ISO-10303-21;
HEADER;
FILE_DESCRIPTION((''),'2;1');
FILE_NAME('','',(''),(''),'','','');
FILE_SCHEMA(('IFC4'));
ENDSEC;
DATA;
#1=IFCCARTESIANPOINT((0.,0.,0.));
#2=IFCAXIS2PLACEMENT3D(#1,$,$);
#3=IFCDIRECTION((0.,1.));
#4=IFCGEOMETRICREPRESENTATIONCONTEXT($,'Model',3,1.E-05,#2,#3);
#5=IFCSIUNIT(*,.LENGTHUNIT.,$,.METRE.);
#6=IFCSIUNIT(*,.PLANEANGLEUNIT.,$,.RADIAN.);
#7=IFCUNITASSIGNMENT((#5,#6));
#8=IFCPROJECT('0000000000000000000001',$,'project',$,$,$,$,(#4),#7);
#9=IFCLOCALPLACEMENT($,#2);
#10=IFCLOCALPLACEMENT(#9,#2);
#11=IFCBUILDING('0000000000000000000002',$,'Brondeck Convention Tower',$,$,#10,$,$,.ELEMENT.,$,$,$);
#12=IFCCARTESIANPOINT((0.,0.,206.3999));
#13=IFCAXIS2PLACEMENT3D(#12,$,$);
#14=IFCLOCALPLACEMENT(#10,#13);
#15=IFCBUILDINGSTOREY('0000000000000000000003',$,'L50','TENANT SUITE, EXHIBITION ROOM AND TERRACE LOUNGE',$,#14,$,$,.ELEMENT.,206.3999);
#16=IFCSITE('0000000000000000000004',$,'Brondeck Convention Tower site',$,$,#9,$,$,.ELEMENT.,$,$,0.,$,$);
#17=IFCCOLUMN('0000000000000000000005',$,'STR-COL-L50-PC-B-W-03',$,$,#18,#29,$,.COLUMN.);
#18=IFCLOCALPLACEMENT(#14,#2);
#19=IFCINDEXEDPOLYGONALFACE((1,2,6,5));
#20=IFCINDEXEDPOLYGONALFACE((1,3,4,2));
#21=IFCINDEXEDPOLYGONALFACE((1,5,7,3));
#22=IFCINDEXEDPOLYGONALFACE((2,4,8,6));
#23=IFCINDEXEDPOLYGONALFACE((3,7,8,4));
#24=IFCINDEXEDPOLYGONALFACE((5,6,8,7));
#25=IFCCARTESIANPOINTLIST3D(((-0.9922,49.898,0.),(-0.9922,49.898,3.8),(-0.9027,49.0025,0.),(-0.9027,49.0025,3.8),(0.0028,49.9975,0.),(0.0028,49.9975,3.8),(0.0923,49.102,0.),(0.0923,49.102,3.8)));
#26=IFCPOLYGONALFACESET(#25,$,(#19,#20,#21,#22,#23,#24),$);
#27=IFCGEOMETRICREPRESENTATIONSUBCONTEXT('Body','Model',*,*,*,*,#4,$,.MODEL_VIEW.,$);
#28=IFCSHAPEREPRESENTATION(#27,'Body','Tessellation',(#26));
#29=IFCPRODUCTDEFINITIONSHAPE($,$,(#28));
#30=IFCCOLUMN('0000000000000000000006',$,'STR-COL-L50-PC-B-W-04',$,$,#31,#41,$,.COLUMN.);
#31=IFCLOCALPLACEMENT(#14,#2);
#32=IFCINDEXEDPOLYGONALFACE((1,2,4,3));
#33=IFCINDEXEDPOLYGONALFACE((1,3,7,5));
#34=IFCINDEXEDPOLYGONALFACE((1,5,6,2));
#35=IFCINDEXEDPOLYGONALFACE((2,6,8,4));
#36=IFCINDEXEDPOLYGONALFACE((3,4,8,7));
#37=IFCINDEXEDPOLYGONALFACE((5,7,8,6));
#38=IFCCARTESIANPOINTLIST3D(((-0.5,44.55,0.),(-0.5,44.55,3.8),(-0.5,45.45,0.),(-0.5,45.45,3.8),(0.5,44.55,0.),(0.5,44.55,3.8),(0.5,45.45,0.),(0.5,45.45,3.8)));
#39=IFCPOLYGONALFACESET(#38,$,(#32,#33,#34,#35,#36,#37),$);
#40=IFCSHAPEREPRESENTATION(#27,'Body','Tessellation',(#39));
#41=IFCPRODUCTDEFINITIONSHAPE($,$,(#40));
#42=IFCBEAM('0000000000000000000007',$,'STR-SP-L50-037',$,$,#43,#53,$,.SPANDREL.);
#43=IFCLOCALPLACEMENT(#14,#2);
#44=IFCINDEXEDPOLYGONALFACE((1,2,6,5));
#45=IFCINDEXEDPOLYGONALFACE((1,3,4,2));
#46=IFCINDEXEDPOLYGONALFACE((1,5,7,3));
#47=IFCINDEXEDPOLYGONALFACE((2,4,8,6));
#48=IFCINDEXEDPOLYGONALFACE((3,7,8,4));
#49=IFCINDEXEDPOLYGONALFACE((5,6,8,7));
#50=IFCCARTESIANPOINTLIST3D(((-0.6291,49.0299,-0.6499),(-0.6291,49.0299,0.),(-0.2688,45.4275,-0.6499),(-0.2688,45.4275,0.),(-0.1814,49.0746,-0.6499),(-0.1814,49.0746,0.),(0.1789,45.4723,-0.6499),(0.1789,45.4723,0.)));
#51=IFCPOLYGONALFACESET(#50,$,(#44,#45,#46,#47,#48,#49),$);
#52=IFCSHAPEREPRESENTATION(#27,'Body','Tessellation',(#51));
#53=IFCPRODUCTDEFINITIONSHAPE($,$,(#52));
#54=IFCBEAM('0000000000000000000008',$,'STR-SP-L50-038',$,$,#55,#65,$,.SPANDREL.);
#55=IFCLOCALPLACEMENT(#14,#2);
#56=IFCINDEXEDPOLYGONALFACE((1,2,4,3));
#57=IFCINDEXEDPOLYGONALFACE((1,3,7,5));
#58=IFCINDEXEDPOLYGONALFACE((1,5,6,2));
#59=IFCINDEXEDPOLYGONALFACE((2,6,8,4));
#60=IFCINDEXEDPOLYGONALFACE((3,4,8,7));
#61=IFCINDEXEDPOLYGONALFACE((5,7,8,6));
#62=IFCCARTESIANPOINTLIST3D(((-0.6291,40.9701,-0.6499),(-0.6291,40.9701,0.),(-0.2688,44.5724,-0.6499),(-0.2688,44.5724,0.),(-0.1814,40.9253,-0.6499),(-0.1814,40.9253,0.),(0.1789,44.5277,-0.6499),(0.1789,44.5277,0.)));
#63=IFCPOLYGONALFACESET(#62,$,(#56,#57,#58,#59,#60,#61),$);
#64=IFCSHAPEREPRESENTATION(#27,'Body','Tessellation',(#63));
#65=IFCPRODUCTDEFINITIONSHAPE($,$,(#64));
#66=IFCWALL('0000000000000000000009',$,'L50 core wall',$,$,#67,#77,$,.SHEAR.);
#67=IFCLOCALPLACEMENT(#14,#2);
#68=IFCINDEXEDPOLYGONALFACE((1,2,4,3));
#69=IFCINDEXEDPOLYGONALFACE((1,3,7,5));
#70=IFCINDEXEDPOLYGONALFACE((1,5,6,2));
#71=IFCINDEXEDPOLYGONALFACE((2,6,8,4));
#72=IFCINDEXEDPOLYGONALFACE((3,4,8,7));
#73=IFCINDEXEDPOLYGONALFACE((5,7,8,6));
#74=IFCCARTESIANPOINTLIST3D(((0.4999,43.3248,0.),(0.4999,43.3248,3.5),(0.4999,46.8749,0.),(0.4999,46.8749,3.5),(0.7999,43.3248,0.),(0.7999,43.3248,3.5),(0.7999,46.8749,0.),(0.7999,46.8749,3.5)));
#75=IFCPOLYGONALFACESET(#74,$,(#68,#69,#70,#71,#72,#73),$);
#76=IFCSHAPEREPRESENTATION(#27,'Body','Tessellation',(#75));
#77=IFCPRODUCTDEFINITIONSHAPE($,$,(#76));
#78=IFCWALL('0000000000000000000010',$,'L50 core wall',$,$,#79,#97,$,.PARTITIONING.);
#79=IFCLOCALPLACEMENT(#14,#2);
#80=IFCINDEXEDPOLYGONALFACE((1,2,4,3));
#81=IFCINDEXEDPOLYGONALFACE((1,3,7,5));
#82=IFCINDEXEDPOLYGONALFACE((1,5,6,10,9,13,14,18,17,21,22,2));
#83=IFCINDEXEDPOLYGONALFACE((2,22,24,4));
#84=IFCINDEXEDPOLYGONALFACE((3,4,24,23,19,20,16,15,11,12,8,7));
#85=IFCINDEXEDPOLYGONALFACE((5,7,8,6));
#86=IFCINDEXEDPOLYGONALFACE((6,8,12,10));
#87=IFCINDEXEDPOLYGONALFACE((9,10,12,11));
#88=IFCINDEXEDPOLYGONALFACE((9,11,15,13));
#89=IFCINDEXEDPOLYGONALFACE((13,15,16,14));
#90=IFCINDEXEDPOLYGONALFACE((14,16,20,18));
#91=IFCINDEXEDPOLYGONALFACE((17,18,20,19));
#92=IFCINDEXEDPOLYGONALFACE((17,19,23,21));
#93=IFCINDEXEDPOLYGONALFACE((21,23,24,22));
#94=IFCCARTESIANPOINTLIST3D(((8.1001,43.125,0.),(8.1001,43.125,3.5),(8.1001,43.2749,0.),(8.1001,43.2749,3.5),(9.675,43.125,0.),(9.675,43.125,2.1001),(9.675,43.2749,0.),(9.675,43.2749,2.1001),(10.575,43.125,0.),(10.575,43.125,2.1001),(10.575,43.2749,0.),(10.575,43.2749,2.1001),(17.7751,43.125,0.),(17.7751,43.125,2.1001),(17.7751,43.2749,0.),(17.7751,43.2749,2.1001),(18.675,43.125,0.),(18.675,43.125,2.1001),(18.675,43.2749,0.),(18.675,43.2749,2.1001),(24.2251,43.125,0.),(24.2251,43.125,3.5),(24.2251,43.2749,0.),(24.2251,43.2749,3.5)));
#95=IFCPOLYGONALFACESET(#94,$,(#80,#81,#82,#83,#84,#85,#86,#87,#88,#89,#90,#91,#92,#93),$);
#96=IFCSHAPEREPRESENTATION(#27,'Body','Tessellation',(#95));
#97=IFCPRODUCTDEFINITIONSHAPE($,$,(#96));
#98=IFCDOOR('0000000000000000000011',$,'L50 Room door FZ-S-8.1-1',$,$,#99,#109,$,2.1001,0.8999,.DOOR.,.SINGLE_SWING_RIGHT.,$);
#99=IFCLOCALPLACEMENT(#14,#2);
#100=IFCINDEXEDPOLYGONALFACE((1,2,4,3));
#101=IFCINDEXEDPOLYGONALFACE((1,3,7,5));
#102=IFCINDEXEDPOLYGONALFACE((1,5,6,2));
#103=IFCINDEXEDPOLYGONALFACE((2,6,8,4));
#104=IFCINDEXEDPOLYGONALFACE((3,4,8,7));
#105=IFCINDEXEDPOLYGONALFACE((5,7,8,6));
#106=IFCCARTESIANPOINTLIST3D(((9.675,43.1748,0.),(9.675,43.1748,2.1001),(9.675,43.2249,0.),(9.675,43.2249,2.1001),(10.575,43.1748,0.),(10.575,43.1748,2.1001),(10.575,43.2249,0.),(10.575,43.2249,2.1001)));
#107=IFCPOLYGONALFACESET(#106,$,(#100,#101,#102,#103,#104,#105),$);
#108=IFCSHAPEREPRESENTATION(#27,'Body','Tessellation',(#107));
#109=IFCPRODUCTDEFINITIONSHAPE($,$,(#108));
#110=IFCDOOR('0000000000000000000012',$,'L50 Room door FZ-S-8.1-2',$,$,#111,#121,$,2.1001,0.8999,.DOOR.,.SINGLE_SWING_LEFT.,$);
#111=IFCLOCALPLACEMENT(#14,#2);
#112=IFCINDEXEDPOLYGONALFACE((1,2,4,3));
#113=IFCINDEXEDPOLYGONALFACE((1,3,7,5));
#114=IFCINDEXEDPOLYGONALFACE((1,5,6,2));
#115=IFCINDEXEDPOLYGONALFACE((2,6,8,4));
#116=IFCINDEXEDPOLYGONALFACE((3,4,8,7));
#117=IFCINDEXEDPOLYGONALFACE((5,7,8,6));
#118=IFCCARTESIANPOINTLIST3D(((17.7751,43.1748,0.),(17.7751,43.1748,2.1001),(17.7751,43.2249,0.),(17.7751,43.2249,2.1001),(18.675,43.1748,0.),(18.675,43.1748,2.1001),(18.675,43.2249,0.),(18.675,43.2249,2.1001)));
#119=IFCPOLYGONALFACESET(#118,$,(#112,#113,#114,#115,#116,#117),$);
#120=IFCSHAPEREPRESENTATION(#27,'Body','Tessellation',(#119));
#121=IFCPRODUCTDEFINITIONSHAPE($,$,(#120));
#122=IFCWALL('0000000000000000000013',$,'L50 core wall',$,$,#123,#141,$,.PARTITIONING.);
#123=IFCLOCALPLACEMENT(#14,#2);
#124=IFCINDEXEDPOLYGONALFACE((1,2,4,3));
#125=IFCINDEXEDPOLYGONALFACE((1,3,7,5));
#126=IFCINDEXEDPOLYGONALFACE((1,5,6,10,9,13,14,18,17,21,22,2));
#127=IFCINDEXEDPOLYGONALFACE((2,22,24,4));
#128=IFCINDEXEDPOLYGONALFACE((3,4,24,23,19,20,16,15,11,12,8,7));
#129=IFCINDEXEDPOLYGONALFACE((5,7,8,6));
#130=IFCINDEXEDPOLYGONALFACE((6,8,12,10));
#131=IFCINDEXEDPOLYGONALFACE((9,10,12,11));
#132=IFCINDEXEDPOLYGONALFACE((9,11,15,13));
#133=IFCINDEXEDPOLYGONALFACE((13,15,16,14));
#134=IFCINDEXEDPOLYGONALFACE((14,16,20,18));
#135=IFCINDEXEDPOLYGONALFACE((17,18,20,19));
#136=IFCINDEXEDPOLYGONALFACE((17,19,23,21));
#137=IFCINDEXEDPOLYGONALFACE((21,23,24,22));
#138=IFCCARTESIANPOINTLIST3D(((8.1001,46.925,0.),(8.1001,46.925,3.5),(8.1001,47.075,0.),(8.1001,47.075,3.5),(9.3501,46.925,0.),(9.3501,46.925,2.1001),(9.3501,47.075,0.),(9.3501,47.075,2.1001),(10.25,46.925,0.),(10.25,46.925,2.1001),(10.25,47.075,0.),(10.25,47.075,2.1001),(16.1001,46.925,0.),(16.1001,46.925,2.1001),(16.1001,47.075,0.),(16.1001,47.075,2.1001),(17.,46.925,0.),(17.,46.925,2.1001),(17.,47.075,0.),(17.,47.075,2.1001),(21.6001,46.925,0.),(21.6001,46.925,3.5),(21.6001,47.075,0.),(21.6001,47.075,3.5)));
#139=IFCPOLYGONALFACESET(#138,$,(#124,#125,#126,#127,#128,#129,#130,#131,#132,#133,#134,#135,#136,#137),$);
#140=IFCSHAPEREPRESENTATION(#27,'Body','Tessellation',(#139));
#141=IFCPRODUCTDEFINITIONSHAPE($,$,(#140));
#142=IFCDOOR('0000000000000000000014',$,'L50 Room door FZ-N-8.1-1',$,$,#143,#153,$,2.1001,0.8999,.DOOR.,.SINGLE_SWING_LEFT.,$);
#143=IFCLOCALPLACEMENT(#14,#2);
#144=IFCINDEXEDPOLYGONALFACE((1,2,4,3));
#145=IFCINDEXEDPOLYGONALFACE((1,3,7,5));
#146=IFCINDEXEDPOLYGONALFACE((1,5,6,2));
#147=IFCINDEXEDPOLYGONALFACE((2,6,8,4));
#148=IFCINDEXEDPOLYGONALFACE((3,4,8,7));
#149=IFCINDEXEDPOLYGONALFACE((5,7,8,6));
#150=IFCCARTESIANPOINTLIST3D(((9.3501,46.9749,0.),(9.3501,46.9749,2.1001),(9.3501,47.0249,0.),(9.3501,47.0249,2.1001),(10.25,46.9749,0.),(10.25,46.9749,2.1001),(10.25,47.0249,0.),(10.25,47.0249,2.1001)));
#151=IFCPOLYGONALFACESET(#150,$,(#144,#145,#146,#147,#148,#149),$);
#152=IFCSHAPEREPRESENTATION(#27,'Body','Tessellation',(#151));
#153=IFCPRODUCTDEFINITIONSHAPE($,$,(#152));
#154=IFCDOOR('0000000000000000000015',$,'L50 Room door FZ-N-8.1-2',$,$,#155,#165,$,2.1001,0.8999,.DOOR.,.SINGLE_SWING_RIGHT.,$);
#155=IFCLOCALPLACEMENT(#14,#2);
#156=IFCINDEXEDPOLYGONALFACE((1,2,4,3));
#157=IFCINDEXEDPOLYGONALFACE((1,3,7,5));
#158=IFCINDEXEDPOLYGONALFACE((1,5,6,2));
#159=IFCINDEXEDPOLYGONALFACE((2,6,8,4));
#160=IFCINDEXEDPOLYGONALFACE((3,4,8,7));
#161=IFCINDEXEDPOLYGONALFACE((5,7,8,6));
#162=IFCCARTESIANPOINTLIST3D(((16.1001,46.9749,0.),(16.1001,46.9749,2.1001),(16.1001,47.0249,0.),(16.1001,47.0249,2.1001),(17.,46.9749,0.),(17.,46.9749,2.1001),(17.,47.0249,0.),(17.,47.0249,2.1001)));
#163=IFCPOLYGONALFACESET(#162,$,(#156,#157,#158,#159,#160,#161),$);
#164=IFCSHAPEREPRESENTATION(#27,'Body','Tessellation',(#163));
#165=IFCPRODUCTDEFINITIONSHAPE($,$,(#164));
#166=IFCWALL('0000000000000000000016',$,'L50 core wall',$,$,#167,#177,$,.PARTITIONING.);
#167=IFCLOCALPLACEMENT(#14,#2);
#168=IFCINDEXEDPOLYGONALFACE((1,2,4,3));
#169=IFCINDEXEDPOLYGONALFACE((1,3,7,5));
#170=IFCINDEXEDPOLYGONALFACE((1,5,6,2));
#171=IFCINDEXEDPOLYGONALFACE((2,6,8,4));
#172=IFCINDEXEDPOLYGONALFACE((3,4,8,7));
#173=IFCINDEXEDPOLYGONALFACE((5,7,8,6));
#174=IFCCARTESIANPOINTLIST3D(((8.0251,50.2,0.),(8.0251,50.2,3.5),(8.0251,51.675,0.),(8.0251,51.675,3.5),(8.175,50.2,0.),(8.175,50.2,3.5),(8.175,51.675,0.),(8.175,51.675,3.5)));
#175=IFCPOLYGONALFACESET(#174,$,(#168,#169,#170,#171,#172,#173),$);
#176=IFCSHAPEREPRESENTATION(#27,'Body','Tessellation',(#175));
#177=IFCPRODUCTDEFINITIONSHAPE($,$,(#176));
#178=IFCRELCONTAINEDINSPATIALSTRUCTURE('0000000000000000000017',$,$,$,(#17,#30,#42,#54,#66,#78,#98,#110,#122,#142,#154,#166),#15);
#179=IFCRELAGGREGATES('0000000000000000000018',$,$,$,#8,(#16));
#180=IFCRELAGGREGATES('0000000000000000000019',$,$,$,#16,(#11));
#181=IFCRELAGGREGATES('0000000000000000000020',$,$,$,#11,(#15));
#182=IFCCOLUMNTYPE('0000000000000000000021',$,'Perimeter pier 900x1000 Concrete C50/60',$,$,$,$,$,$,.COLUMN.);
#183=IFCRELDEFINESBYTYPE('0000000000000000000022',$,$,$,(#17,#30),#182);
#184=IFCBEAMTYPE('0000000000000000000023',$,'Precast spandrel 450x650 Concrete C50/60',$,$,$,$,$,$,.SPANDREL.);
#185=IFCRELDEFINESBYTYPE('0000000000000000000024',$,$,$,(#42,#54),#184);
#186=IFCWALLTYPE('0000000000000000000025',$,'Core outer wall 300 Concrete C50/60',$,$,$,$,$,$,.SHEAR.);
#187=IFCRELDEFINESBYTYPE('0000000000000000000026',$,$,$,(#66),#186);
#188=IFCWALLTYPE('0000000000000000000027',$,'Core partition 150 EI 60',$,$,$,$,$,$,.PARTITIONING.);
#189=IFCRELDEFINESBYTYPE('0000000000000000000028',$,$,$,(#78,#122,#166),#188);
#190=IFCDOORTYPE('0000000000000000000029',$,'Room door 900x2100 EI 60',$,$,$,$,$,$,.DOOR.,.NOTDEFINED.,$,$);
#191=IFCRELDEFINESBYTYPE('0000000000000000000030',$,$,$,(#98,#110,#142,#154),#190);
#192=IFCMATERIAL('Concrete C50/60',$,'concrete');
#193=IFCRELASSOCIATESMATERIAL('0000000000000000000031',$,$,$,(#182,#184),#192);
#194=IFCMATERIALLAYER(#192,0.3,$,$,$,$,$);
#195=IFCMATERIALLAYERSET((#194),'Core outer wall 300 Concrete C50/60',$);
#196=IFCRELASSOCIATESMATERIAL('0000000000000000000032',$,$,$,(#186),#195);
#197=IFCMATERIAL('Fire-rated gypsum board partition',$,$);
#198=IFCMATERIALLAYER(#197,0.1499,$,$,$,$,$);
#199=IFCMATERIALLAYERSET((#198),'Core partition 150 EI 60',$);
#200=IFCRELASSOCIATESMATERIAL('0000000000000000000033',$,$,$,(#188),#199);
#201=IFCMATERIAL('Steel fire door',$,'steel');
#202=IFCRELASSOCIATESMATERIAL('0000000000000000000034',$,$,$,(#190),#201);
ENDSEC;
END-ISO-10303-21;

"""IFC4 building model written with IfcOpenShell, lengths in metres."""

from ifc_helpers import new_model, si_unit, direction, frame, frame_2d, origin, origin_2d, place, context, subcontext, project, spatial, rectangle, extrude, material, layer, layer_set, material_profile, profile_set, type_object, element, fill, save


model = new_model("IFC4")

# Units and contexts
model_context = context("Model", 3, precision=1e-05, world=origin(), true_north=direction((0.0, 1.0)))
body_context = subcontext(model_context, "Body", "Model", "MODEL_VIEW")
ifc_project = project(units=[si_unit("LENGTHUNIT", "METRE"), si_unit("PLANEANGLEUNIT", "RADIAN")], contexts=[model_context])

# Site, building, storey
site_placement = place(None, origin())
site = spatial("IfcSite", under=ifc_project, at=site_placement, Name="Brondeck Convention Tower site", CompositionType="ELEMENT", RefElevation=0.0)
building_placement = place(site_placement, origin())
building = spatial("IfcBuilding", under=site, at=building_placement, Name="Brondeck Convention Tower", CompositionType="ELEMENT")
storey_placement = place(building_placement, frame((0.0, 0.0, 206.3999)))
storey = spatial("IfcBuildingStorey", under=building, at=storey_placement, Name="L50", Description="TENANT SUITE, EXHIBITION ROOM AND TERRACE LOUNGE", CompositionType="ELEMENT", Elevation=206.3999)

# Columns
ifc_material_1 = material(Name="Concrete C50/60", Category="concrete")
ifc_material_profile_1 = material_profile(ifc_material_1, rectangle(XDim=0.8999, YDim=1.0, at=origin_2d()), Name="Perimeter pier 900x1000 Concrete C50/60")
ifc_profile_set_1 = profile_set([ifc_material_profile_1], Name="Concrete C50/60")
column_type = type_object("IfcColumnType", Name="Perimeter pier 900x1000 Concrete C50/60", PredefinedType="COLUMN", material=ifc_profile_set_1)
for number, where, z_axis, x_axis, name in (
    (1, (-0.45, 49.5, 0.0), (0.0, 0.0, 1.0), (0.099504, -0.995037, 0.0), "STR-COL-L50-PC-B-W-03"),
    (2, (0.0, 45.0, 0.0), (0.0, 0.0, 1.0), (0.0, -1.0, 0.0), "STR-COL-L50-PC-B-W-04"),
):
    element("IfcColumn", number, at=place(storey_placement, frame(where, z_axis=z_axis, x_axis=x_axis)), inside=storey, type_object=column_type, Name=name, PredefinedType="COLUMN", context=body_context, shape_type="SweptSolid", body=[
        extrude(rectangle(XDim=0.8999, YDim=1.0, at=origin_2d()), origin(), (0.0, 0.0, 1.0), 3.8),
    ])

# Beams
ifc_material_profile_2 = material_profile(ifc_material_1, rectangle(XDim=0.45, YDim=0.6499, at=origin_2d()), Name="Precast spandrel 450x650 Concrete C50/60")
ifc_profile_set_2 = profile_set([ifc_material_profile_2], Name="Concrete C50/60")
beam_type = type_object("IfcBeamType", Name="Precast spandrel 450x650 Concrete C50/60", PredefinedType="SPANDREL", material=ifc_profile_set_2)
for number, where, z_axis, x_axis, name in (
    (3, (-0.4053, 49.0522, -0.325), (0.099537, -0.995034, 0.0), (0.995034, 0.099537, 0.0), "STR-SP-L50-037"),
    (4, (-0.0449, 44.55, -0.325), (-0.099537, -0.995034, 0.0), (0.995034, -0.099537, 0.0), "STR-SP-L50-038"),
):
    element("IfcBeam", number, at=place(storey_placement, frame(where, z_axis=z_axis, x_axis=x_axis)), inside=storey, type_object=beam_type, Name=name, PredefinedType="SPANDREL", context=body_context, shape_type="SweptSolid", body=[
        extrude(rectangle(XDim=0.45, YDim=0.6499, at=origin_2d()), origin(), (0.0, 0.0, 1.0), 3.6204),
    ])

# Wall
ifc_layer_1 = layer(ifc_material_1, 0.3)
ifc_layer_set_1 = layer_set([ifc_layer_1], Name="Core outer wall 300 Concrete C50/60")
wall_type_1 = type_object("IfcWallType", Name="Core outer wall 300 Concrete C50/60", PredefinedType="SHEAR", material=ifc_layer_set_1)
wall_1_placement = place(storey_placement, frame((0.6499, 43.325, 0.0), z_axis=(0.0, 0.0, 1.0), x_axis=(0.0, 1.0, 0.0)))
element("IfcWall", 5, at=wall_1_placement, inside=storey, type_object=wall_type_1, Name="L50 core wall", PredefinedType="SHEAR", context=body_context, shape_type="SweptSolid", body=[
    extrude(rectangle(XDim=3.55, YDim=0.3, at=frame_2d((1.7749, 0.0))), origin(), (0.0, 0.0, 1.0), 3.5),
])

# Walls, openings, doors
ifc_material_2 = material(Name="Fire-rated gypsum board partition")
ifc_layer_2 = layer(ifc_material_2, 0.1499)
ifc_layer_set_2 = layer_set([ifc_layer_2], Name="Core partition 150 EI 60")
wall_type_2 = type_object("IfcWallType", Name="Core partition 150 EI 60", PredefinedType="PARTITIONING", material=ifc_layer_set_2)
wall_2_placement = place(storey_placement, frame((8.1001, 43.2, 0.0), z_axis=(0.0, 0.0, 1.0), x_axis=(1.0, 0.0, 0.0)))
wall_2 = element("IfcWall", 6, at=wall_2_placement, inside=storey, type_object=wall_type_2, Name="L50 core wall", PredefinedType="PARTITIONING", context=body_context, shape_type="SweptSolid", body=[
    extrude(rectangle(XDim=16.125, YDim=0.1499, at=frame_2d((8.0625, 0.0))), origin(), (0.0, 0.0, 1.0), 3.5),
])
opening_1_placement = place(wall_2_placement, frame((1.575, 0.0, 0.0)))
opening_1 = element("IfcOpeningElement", 7, at=opening_1_placement, cuts=wall_2, PredefinedType="OPENING", context=body_context, shape_type="SweptSolid", body=[
    extrude(rectangle(XDim=0.8999, YDim=2.1001, at=frame_2d((0.45, 1.05))), frame((0.0, 0.085, 0.0), z_axis=(0.0, -1.0, 0.0), x_axis=(1.0, 0.0, 0.0)), (0.0, 0.0, 1.0), 0.1699),
])
opening_2_placement = place(wall_2_placement, frame((9.675, 0.0, 0.0)))
opening_2 = element("IfcOpeningElement", 8, at=opening_2_placement, cuts=wall_2, PredefinedType="OPENING", context=body_context, shape_type="SweptSolid", body=[
    extrude(rectangle(XDim=0.8999, YDim=2.1001, at=frame_2d((0.45, 1.05))), frame((0.0, 0.085, 0.0), z_axis=(0.0, -1.0, 0.0), x_axis=(1.0, 0.0, 0.0)), (0.0, 0.0, 1.0), 0.1699),
])
ifc_material_3 = material(Name="Steel fire door", Category="steel")
door_type_1 = type_object("IfcDoorType", Name="Room door 900x2100 EI 60", OperationType="NOTDEFINED", PredefinedType="DOOR", material=ifc_material_3)
door_1_placement = place(opening_1_placement, origin())
door_1 = element("IfcDoor", 9, at=door_1_placement, inside=storey, type_object=door_type_1, Name="L50 Room door FZ-S-8.1-1", OperationType="SINGLE_SWING_RIGHT", OverallHeight=2.1001, OverallWidth=0.8999, PredefinedType="DOOR", context=body_context, shape_type="SweptSolid", body=[
    extrude(rectangle(XDim=0.8999, YDim=2.1001, at=frame_2d((0.45, 1.05))), frame((0.0, 0.0249, 0.0), z_axis=(0.0, -1.0, 0.0), x_axis=(1.0, 0.0, 0.0)), (0.0, 0.0, 1.0), 0.05),
])
fill(opening_1, door_1)
door_2_placement = place(opening_2_placement, origin())
door_2 = element("IfcDoor", 10, at=door_2_placement, inside=storey, type_object=door_type_1, Name="L50 Room door FZ-S-8.1-2", OperationType="SINGLE_SWING_LEFT", OverallHeight=2.1001, OverallWidth=0.8999, PredefinedType="DOOR", context=body_context, shape_type="SweptSolid", body=[
    extrude(rectangle(XDim=0.8999, YDim=2.1001, at=frame_2d((0.45, 1.05))), frame((0.0, 0.0249, 0.0), z_axis=(0.0, -1.0, 0.0), x_axis=(1.0, 0.0, 0.0)), (0.0, 0.0, 1.0), 0.05),
])
fill(opening_2, door_2)
wall_3_placement = place(storey_placement, frame((8.1001, 47.0, 0.0), z_axis=(0.0, 0.0, 1.0), x_axis=(1.0, 0.0, 0.0)))
wall_3 = element("IfcWall", 11, at=wall_3_placement, inside=storey, type_object=wall_type_2, Name="L50 core wall", PredefinedType="PARTITIONING", context=body_context, shape_type="SweptSolid", body=[
    extrude(rectangle(XDim=13.5, YDim=0.1499, at=frame_2d((6.75, 0.0))), origin(), (0.0, 0.0, 1.0), 3.5),
])
opening_3_placement = place(wall_3_placement, frame((1.25, 0.0, 0.0)))
opening_3 = element("IfcOpeningElement", 12, at=opening_3_placement, cuts=wall_3, PredefinedType="OPENING", context=body_context, shape_type="SweptSolid", body=[
    extrude(rectangle(XDim=0.8999, YDim=2.1001, at=frame_2d((0.45, 1.05))), frame((0.0, 0.085, 0.0), z_axis=(0.0, -1.0, 0.0), x_axis=(1.0, 0.0, 0.0)), (0.0, 0.0, 1.0), 0.1699),
])
opening_4_placement = place(wall_3_placement, frame((8.0, 0.0, 0.0)))
opening_4 = element("IfcOpeningElement", 13, at=opening_4_placement, cuts=wall_3, PredefinedType="OPENING", context=body_context, shape_type="SweptSolid", body=[
    extrude(rectangle(XDim=0.8999, YDim=2.1001, at=frame_2d((0.45, 1.05))), frame((0.0, 0.085, 0.0), z_axis=(0.0, -1.0, 0.0), x_axis=(1.0, 0.0, 0.0)), (0.0, 0.0, 1.0), 0.1699),
])
door_3_placement = place(opening_3_placement, origin())
door_3 = element("IfcDoor", 14, at=door_3_placement, inside=storey, type_object=door_type_1, Name="L50 Room door FZ-N-8.1-1", OperationType="SINGLE_SWING_LEFT", OverallHeight=2.1001, OverallWidth=0.8999, PredefinedType="DOOR", context=body_context, shape_type="SweptSolid", body=[
    extrude(rectangle(XDim=0.8999, YDim=2.1001, at=frame_2d((0.45, 1.05))), frame((0.0, 0.0249, 0.0), z_axis=(0.0, -1.0, 0.0), x_axis=(1.0, 0.0, 0.0)), (0.0, 0.0, 1.0), 0.05),
])
fill(opening_3, door_3)
door_4_placement = place(opening_4_placement, origin())
door_4 = element("IfcDoor", 15, at=door_4_placement, inside=storey, type_object=door_type_1, Name="L50 Room door FZ-N-8.1-2", OperationType="SINGLE_SWING_RIGHT", OverallHeight=2.1001, OverallWidth=0.8999, PredefinedType="DOOR", context=body_context, shape_type="SweptSolid", body=[
    extrude(rectangle(XDim=0.8999, YDim=2.1001, at=frame_2d((0.45, 1.05))), frame((0.0, 0.0249, 0.0), z_axis=(0.0, -1.0, 0.0), x_axis=(1.0, 0.0, 0.0)), (0.0, 0.0, 1.0), 0.05),
])
fill(opening_4, door_4)

# Wall
wall_4_placement = place(storey_placement, frame((8.1001, 50.2, 0.0), z_axis=(0.0, 0.0, 1.0), x_axis=(0.0, 1.0, 0.0)))
element("IfcWall", 16, at=wall_4_placement, inside=storey, type_object=wall_type_2, Name="L50 core wall", PredefinedType="PARTITIONING", context=body_context, shape_type="SweptSolid", body=[
    extrude(rectangle(XDim=1.4751, YDim=0.1499, at=frame_2d((0.7375, 0.0))), origin(), (0.0, 0.0, 1.0), 3.5),
])

save(model, "model.ifc")
